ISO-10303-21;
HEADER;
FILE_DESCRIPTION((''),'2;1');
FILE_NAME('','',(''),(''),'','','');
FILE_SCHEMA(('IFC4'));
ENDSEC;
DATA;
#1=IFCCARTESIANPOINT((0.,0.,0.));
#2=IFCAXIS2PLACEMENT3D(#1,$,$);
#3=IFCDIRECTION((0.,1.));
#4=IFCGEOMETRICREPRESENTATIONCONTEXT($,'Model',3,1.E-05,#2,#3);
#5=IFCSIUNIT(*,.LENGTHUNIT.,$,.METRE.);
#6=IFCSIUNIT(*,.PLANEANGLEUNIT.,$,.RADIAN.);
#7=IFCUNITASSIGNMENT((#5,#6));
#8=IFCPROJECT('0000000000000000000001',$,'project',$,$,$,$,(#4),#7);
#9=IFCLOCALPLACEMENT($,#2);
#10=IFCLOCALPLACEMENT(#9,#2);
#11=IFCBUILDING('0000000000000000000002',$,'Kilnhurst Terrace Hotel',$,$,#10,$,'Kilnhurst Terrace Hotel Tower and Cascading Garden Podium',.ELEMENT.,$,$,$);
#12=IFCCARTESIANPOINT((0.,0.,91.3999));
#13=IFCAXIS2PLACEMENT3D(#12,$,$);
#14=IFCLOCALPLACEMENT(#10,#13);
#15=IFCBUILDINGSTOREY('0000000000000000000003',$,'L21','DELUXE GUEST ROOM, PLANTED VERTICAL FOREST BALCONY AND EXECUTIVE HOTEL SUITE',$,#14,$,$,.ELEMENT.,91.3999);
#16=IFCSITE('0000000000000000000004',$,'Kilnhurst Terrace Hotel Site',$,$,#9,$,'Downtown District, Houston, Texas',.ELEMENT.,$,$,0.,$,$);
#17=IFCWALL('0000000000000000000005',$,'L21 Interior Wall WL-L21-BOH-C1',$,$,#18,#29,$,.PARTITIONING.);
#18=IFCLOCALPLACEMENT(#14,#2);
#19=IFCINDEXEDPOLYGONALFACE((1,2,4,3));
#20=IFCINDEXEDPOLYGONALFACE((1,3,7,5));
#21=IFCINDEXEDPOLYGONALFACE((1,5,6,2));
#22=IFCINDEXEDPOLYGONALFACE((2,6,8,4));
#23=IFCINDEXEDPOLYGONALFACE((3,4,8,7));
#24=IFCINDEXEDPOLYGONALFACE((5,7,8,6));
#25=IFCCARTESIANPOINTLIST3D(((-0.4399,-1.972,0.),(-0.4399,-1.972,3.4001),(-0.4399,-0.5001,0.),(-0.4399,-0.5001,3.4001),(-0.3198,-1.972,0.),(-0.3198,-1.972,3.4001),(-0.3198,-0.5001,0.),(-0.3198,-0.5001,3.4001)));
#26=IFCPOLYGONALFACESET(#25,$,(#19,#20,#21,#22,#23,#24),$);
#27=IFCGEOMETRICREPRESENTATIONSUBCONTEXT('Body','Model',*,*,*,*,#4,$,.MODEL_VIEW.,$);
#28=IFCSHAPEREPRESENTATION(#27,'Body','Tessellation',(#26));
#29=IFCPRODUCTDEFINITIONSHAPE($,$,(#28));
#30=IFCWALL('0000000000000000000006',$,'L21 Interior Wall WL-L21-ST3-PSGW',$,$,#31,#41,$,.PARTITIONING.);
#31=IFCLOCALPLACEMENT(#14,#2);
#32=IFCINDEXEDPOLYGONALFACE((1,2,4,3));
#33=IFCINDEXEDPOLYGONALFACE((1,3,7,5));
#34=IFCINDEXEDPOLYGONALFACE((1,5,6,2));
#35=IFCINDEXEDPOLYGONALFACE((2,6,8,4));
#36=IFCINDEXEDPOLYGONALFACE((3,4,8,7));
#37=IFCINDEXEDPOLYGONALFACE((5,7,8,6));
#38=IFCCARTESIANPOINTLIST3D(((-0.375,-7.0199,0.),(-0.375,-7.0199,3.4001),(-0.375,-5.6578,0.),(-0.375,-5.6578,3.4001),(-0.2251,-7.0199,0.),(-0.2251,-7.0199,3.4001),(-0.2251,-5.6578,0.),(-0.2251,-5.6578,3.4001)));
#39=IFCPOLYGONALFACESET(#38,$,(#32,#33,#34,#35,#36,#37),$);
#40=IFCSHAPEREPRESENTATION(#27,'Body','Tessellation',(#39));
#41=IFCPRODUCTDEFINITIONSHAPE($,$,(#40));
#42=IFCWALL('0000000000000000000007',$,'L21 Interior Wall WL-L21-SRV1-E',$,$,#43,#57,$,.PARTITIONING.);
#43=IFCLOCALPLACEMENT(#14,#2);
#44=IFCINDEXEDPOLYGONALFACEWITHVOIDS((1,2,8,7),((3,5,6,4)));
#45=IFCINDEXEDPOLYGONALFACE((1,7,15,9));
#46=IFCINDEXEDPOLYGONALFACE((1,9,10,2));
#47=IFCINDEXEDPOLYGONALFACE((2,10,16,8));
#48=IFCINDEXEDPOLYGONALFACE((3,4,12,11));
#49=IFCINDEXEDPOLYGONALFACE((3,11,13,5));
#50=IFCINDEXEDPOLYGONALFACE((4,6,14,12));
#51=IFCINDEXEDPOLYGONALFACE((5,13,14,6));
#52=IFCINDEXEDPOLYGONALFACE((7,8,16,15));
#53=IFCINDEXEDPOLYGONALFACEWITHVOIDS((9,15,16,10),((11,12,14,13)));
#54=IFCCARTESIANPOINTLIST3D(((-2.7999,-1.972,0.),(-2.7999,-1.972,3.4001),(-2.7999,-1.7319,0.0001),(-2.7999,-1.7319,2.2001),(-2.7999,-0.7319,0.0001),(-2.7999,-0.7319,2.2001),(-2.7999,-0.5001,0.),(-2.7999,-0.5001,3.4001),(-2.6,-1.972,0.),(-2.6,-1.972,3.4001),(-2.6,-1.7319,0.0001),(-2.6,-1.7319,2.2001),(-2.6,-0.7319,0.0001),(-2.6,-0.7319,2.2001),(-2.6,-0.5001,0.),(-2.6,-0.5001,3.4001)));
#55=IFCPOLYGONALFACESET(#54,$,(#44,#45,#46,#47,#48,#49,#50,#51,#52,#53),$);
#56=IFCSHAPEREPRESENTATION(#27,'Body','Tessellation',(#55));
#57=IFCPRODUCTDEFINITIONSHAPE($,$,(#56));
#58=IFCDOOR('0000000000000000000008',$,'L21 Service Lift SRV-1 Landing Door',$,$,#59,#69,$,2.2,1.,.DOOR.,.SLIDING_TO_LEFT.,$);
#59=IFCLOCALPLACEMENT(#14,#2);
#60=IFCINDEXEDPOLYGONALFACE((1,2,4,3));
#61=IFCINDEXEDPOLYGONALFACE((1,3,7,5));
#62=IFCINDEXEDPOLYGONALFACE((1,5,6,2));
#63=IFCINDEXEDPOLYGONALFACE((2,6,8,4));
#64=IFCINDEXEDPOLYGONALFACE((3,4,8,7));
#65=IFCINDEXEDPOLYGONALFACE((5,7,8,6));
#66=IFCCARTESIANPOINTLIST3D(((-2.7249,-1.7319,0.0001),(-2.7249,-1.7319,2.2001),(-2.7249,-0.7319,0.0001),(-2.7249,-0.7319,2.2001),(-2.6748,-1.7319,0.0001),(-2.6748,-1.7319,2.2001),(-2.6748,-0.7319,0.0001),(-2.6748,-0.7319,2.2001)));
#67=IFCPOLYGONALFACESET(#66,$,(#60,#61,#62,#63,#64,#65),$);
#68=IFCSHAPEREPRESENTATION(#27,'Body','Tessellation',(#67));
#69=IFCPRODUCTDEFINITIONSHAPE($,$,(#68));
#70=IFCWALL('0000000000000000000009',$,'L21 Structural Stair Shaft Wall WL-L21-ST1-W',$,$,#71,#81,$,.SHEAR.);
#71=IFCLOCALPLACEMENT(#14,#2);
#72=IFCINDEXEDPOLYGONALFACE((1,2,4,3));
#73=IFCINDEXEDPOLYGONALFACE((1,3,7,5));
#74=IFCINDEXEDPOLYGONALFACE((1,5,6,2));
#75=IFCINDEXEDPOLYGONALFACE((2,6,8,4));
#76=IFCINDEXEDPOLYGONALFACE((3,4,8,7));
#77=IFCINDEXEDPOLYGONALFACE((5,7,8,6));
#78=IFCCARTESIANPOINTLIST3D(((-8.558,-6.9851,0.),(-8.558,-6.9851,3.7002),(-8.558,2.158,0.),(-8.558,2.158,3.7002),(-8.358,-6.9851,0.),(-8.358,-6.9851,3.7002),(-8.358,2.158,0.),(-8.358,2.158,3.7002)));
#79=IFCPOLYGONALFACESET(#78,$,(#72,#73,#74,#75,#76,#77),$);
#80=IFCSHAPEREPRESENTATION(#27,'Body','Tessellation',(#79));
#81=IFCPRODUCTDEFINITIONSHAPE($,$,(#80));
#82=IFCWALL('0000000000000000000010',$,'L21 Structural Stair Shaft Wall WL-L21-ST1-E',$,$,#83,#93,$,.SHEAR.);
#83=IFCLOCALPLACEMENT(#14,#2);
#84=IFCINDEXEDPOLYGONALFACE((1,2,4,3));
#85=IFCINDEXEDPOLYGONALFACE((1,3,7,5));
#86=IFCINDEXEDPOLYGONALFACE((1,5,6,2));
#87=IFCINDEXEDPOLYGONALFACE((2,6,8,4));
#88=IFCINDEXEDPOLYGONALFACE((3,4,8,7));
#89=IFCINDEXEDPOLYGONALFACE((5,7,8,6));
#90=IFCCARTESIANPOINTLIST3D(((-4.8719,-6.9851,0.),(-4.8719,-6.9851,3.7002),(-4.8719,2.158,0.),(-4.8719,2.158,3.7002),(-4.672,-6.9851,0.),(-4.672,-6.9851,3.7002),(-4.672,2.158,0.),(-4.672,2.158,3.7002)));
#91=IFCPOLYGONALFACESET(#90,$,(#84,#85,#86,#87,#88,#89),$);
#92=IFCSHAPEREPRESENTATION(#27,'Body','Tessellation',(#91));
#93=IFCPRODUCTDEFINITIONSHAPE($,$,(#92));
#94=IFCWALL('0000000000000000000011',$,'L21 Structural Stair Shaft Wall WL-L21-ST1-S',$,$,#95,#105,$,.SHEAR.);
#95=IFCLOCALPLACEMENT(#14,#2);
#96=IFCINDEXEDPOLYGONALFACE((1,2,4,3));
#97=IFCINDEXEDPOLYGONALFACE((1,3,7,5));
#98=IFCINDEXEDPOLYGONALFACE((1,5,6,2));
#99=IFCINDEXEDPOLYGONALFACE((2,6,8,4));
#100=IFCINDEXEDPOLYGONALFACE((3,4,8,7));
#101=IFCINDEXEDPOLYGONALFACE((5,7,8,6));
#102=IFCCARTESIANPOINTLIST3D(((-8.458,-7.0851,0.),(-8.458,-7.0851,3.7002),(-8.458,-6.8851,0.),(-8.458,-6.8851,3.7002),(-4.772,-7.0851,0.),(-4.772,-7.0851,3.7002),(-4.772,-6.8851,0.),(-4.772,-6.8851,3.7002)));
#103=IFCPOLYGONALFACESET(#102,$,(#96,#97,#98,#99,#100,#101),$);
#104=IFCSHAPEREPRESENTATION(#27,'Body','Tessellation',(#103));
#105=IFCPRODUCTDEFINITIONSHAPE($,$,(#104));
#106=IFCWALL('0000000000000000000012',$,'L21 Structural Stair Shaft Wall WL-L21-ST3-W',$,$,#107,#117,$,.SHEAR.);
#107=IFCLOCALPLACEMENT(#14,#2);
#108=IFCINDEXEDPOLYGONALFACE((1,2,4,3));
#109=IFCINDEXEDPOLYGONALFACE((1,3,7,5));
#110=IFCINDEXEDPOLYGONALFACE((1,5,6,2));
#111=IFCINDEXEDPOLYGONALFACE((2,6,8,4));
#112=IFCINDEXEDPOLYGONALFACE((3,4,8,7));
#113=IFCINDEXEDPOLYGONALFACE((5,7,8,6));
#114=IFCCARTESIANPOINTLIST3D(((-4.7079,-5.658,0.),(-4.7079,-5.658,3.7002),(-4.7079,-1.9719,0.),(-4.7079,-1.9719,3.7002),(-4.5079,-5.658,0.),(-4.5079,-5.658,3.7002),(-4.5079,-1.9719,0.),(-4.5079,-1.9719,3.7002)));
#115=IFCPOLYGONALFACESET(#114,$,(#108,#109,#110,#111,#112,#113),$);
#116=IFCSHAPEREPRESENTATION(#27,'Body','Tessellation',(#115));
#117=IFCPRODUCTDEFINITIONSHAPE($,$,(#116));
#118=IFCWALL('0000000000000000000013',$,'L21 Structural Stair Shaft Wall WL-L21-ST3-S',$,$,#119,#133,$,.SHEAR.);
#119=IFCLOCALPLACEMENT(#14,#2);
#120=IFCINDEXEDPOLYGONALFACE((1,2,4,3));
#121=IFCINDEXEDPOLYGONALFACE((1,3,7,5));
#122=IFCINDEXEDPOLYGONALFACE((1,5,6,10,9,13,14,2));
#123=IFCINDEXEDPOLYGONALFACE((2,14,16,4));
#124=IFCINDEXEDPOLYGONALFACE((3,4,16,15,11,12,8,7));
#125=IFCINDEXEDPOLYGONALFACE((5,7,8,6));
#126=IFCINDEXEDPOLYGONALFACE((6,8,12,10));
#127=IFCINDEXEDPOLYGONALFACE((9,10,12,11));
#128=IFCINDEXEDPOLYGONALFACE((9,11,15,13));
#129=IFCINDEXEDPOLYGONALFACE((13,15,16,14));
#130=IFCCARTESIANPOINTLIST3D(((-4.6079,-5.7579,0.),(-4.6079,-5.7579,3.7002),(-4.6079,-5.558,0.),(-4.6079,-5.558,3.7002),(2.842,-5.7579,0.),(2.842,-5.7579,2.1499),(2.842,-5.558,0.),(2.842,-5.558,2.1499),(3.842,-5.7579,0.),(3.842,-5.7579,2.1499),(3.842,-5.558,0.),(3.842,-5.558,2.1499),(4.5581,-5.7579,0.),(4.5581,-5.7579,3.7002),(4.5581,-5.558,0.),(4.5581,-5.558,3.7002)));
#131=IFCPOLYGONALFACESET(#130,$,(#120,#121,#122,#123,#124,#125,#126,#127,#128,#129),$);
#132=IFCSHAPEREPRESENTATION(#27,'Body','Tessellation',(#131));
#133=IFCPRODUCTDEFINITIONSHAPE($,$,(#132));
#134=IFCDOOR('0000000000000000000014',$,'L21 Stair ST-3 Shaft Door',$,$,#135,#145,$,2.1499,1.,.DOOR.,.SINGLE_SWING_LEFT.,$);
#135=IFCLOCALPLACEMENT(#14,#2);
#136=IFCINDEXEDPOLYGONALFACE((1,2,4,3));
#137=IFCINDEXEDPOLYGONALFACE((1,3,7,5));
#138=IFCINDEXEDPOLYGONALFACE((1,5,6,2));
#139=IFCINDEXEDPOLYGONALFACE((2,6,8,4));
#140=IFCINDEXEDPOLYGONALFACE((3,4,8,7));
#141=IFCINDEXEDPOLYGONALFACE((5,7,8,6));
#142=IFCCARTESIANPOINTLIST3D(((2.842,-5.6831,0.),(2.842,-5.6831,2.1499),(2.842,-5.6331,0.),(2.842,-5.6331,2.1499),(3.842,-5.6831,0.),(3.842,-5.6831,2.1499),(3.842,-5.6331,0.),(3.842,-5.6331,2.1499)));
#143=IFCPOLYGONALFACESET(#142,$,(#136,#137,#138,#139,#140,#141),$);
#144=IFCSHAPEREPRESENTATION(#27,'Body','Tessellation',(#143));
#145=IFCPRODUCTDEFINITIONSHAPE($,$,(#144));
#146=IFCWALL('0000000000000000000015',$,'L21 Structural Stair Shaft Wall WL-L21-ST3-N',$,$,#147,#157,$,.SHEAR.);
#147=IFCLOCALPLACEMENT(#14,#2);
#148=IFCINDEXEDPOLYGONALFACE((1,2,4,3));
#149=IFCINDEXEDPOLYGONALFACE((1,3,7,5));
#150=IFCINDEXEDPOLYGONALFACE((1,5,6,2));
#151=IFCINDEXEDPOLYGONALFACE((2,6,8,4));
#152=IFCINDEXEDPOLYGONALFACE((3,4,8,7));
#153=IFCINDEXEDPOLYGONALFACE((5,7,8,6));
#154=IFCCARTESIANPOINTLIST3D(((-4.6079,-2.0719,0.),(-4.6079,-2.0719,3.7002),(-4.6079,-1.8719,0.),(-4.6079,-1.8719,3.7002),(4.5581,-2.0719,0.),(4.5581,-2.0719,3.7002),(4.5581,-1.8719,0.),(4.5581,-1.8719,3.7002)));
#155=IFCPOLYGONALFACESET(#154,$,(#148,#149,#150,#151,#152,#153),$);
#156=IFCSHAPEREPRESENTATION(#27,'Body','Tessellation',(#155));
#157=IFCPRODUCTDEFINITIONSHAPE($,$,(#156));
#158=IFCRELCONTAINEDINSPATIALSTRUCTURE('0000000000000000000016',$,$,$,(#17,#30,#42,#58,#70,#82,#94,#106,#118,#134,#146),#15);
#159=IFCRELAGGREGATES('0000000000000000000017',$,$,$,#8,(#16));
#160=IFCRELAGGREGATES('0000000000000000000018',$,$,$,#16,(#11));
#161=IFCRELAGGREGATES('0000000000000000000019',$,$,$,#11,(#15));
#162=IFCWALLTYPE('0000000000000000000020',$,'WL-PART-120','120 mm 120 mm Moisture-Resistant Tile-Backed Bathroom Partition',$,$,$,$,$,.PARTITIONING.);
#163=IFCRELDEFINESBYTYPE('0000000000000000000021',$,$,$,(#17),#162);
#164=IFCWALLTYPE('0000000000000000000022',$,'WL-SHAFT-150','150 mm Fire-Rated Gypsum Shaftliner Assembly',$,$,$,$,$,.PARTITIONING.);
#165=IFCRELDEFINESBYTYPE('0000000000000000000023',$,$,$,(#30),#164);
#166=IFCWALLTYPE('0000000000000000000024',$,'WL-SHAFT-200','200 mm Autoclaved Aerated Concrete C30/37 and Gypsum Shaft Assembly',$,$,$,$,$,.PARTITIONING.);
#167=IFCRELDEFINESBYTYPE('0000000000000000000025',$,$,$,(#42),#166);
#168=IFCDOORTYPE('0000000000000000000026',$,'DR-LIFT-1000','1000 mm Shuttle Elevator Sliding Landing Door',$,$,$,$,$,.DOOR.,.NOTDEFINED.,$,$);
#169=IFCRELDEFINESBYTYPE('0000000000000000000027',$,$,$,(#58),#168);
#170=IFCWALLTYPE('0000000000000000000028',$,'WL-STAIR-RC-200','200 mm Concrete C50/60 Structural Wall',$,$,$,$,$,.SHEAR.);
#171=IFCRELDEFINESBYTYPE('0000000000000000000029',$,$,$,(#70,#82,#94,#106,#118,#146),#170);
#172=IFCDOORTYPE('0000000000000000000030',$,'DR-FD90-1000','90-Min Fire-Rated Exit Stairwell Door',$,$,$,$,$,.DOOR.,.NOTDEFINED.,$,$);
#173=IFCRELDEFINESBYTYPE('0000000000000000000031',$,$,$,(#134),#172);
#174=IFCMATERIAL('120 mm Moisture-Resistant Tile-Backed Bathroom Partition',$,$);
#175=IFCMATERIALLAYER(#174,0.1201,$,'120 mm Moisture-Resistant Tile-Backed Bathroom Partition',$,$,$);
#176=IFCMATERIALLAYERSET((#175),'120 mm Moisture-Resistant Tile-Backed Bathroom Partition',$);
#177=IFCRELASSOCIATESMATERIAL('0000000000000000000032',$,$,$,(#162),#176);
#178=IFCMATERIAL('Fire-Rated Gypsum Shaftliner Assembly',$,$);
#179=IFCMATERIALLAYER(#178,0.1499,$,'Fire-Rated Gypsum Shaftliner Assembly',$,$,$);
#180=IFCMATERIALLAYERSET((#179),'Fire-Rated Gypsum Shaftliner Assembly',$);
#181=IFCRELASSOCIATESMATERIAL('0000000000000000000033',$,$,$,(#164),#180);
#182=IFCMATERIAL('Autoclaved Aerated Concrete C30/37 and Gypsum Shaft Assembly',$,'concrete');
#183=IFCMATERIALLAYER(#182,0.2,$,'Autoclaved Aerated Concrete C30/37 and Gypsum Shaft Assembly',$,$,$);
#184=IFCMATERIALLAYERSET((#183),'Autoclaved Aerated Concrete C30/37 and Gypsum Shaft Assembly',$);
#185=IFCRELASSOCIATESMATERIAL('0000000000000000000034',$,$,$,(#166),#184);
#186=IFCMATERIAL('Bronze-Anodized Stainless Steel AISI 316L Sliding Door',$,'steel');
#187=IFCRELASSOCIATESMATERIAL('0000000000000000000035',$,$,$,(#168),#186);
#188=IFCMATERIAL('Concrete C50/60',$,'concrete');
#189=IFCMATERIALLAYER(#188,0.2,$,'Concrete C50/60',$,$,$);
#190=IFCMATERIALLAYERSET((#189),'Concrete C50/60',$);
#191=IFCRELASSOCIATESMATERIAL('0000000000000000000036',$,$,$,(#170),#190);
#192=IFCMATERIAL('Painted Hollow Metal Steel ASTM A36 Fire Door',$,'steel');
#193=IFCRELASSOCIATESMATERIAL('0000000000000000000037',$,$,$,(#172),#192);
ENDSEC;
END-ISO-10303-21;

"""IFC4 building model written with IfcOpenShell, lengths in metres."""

from ifc_helpers import new_model, si_unit, direction, frame, frame_2d, origin, place, context, subcontext, project, spatial, rectangle, extrude, material, layer, layer_set, type_object, element, fill, save


model = new_model("IFC4")

# Units and contexts
model_context = context("Model", 3, precision=1e-05, world=origin(), true_north=direction((0.0, 1.0)))
body_context = subcontext(model_context, "Body", "Model", "MODEL_VIEW")
ifc_project = project(units=[si_unit("LENGTHUNIT", "METRE"), si_unit("PLANEANGLEUNIT", "RADIAN")], contexts=[model_context])

# Site, building, storey
site_placement = place(None, origin())
site = spatial("IfcSite", under=ifc_project, at=site_placement, Name="Kilnhurst Terrace Hotel Site", LongName="Downtown District, Houston, Texas", CompositionType="ELEMENT", RefElevation=0.0)
building_placement = place(site_placement, origin())
building = spatial("IfcBuilding", under=site, at=building_placement, Name="Kilnhurst Terrace Hotel", LongName="Kilnhurst Terrace Hotel Tower and Cascading Garden Podium", CompositionType="ELEMENT")
storey_placement = place(building_placement, frame((0.0, 0.0, 91.3999)))
storey = spatial("IfcBuildingStorey", under=building, at=storey_placement, Name="L21", Description="DELUXE GUEST ROOM, PLANTED VERTICAL FOREST BALCONY AND EXECUTIVE HOTEL SUITE", CompositionType="ELEMENT", Elevation=91.3999)

# Walls
ifc_material_1 = material(Name="120 mm Moisture-Resistant Tile-Backed Bathroom Partition")
ifc_layer_1 = layer(ifc_material_1, 0.1201, Name="120 mm Moisture-Resistant Tile-Backed Bathroom Partition")
ifc_layer_set_1 = layer_set([ifc_layer_1], Name="120 mm Moisture-Resistant Tile-Backed Bathroom Partition")
wall_type_1 = type_object("IfcWallType", Name="WL-PART-120", Description="120 mm 120 mm Moisture-Resistant Tile-Backed Bathroom Partition", PredefinedType="PARTITIONING", material=ifc_layer_set_1)
wall_1_placement = place(storey_placement, frame((-0.3799, -1.9719, 0.0), z_axis=(0.0, 0.0, 1.0), x_axis=(0.0, 1.0, 0.0)))
element("IfcWall", 1, at=wall_1_placement, inside=storey, type_object=wall_type_1, Name="L21 Interior Wall WL-L21-BOH-C1", PredefinedType="PARTITIONING", context=body_context, shape_type="SweptSolid", body=[
    extrude(rectangle(XDim=1.4719, YDim=0.1201, at=frame_2d((0.7358, 0.0))), origin(), (0.0, 0.0, 1.0), 3.4001),
])
ifc_material_2 = material(Name="Fire-Rated Gypsum Shaftliner Assembly")
ifc_layer_2 = layer(ifc_material_2, 0.1499, Name="Fire-Rated Gypsum Shaftliner Assembly")
ifc_layer_set_2 = layer_set([ifc_layer_2], Name="Fire-Rated Gypsum Shaftliner Assembly")
wall_type_2 = type_object("IfcWallType", Name="WL-SHAFT-150", Description="150 mm Fire-Rated Gypsum Shaftliner Assembly", PredefinedType="PARTITIONING", material=ifc_layer_set_2)
wall_2_placement = place(storey_placement, frame((-0.3, -7.02, 0.0), z_axis=(0.0, 0.0, 1.0), x_axis=(0.0, 1.0, 0.0)))
element("IfcWall", 2, at=wall_2_placement, inside=storey, type_object=wall_type_2, Name="L21 Interior Wall WL-L21-ST3-PSGW", PredefinedType="PARTITIONING", context=body_context, shape_type="SweptSolid", body=[
    extrude(rectangle(XDim=1.3621, YDim=0.1499, at=frame_2d((0.6812, 0.0))), origin(), (0.0, 0.0, 1.0), 3.4001),
])

# Wall, opening, door
ifc_material_3 = material(Name="Autoclaved Aerated Concrete C30/37 and Gypsum Shaft Assembly", Category="concrete")
ifc_layer_3 = layer(ifc_material_3, 0.2, Name="Autoclaved Aerated Concrete C30/37 and Gypsum Shaft Assembly")
ifc_layer_set_3 = layer_set([ifc_layer_3], Name="Autoclaved Aerated Concrete C30/37 and Gypsum Shaft Assembly")
wall_type_3 = type_object("IfcWallType", Name="WL-SHAFT-200", Description="200 mm Autoclaved Aerated Concrete C30/37 and Gypsum Shaft Assembly", PredefinedType="PARTITIONING", material=ifc_layer_set_3)
wall_3_placement = place(storey_placement, frame((-2.7, -1.9719, 0.0), z_axis=(0.0, 0.0, 1.0), x_axis=(0.0, 1.0, 0.0)))
wall_3 = element("IfcWall", 3, at=wall_3_placement, inside=storey, type_object=wall_type_3, Name="L21 Interior Wall WL-L21-SRV1-E", PredefinedType="PARTITIONING", context=body_context, shape_type="SweptSolid", body=[
    extrude(rectangle(XDim=1.4719, YDim=0.2, at=frame_2d((0.7358, 0.0))), origin(), (0.0, 0.0, 1.0), 3.4001),
])
opening_1_placement = place(wall_3_placement, frame((0.24, 0.0, 0.0)))
opening_1 = element("IfcOpeningElement", 4, at=opening_1_placement, cuts=wall_3, PredefinedType="OPENING", context=body_context, shape_type="SweptSolid", body=[
    extrude(rectangle(XDim=1.0, YDim=2.2, at=frame_2d((0.5, 1.1001))), frame((0.0, 0.1099, 0.0), z_axis=(0.0, -1.0, 0.0), x_axis=(1.0, 0.0, 0.0)), (0.0, 0.0, 1.0), 0.22),
])
ifc_material_4 = material(Name="Bronze-Anodized Stainless Steel AISI 316L Sliding Door", Category="steel")
door_type_1 = type_object("IfcDoorType", Name="DR-LIFT-1000", Description="1000 mm Shuttle Elevator Sliding Landing Door", OperationType="NOTDEFINED", PredefinedType="DOOR", material=ifc_material_4)
door_1_placement = place(opening_1_placement, origin())
door_1 = element("IfcDoor", 5, at=door_1_placement, inside=storey, type_object=door_type_1, Name="L21 Service Lift SRV-1 Landing Door", OperationType="SLIDING_TO_LEFT", OverallHeight=2.2, OverallWidth=1.0, PredefinedType="DOOR", context=body_context, shape_type="SweptSolid", body=[
    extrude(rectangle(XDim=1.0, YDim=2.2, at=frame_2d((0.5, 1.1001))), frame((0.0, 0.0249, 0.0), z_axis=(0.0, -1.0, 0.0), x_axis=(1.0, 0.0, 0.0)), (0.0, 0.0, 1.0), 0.05),
])
fill(opening_1, door_1)

# Walls
ifc_material_5 = material(Name="Concrete C50/60", Category="concrete")
ifc_layer_4 = layer(ifc_material_5, 0.2, Name="Concrete C50/60")
ifc_layer_set_4 = layer_set([ifc_layer_4], Name="Concrete C50/60")
wall_type_4 = type_object("IfcWallType", Name="WL-STAIR-RC-200", Description="200 mm Concrete C50/60 Structural Wall", PredefinedType="SHEAR", material=ifc_layer_set_4)
for number, where, z_axis, x_axis, name in (
    (6, (-8.458, -6.9851, 0.0), (0.0, 0.0, 1.0), (0.0, 1.0, 0.0), "L21 Structural Stair Shaft Wall WL-L21-ST1-W"),
    (7, (-4.772, -6.9851, 0.0), (0.0, 0.0, 1.0), (0.0, 1.0, 0.0), "L21 Structural Stair Shaft Wall WL-L21-ST1-E"),
):
    element("IfcWall", number, at=place(storey_placement, frame(where, z_axis=z_axis, x_axis=x_axis)), inside=storey, type_object=wall_type_4, Name=name, PredefinedType="SHEAR", context=body_context, shape_type="SweptSolid", body=[
        extrude(rectangle(XDim=9.1431, YDim=0.2, at=frame_2d((4.5715, 0.0))), origin(), (0.0, 0.0, 1.0), 3.7002),
    ])
for number, where, z_axis, x_axis, name in (
    (8, (-8.458, -6.9851, 0.0), (0.0, 0.0, 1.0), (1.0, 0.0, 0.0), "L21 Structural Stair Shaft Wall WL-L21-ST1-S"),
    (9, (-4.6079, -5.658, 0.0), (0.0, 0.0, 1.0), (0.0, 1.0, 0.0), "L21 Structural Stair Shaft Wall WL-L21-ST3-W"),
):
    element("IfcWall", number, at=place(storey_placement, frame(where, z_axis=z_axis, x_axis=x_axis)), inside=storey, type_object=wall_type_4, Name=name, PredefinedType="SHEAR", context=body_context, shape_type="SweptSolid", body=[
        extrude(rectangle(XDim=3.686, YDim=0.2, at=frame_2d((1.843, 0.0))), origin(), (0.0, 0.0, 1.0), 3.7002),
    ])

# Wall, opening, door
wall_4_placement = place(storey_placement, frame((-4.6079, -5.658, 0.0), z_axis=(0.0, 0.0, 1.0), x_axis=(1.0, 0.0, 0.0)))
wall_4 = element("IfcWall", 10, at=wall_4_placement, inside=storey, type_object=wall_type_4, Name="L21 Structural Stair Shaft Wall WL-L21-ST3-S", PredefinedType="SHEAR", context=body_context, shape_type="SweptSolid", body=[
    extrude(rectangle(XDim=9.166, YDim=0.2, at=frame_2d((4.583, 0.0))), origin(), (0.0, 0.0, 1.0), 3.7002),
])
opening_2_placement = place(wall_4_placement, frame((7.45, 0.0, 0.0)))
opening_2 = element("IfcOpeningElement", 11, at=opening_2_placement, cuts=wall_4, PredefinedType="OPENING", context=body_context, shape_type="SweptSolid", body=[
    extrude(rectangle(XDim=1.0, YDim=2.1499, at=frame_2d((0.5, 1.075))), frame((0.0, 0.1099, 0.0), z_axis=(0.0, -1.0, 0.0), x_axis=(1.0, 0.0, 0.0)), (0.0, 0.0, 1.0), 0.22),
])
ifc_material_6 = material(Name="Painted Hollow Metal Steel ASTM A36 Fire Door", Category="steel")
door_type_2 = type_object("IfcDoorType", Name="DR-FD90-1000", Description="90-Min Fire-Rated Exit Stairwell Door", OperationType="NOTDEFINED", PredefinedType="DOOR", material=ifc_material_6)
door_2_placement = place(opening_2_placement, origin())
door_2 = element("IfcDoor", 12, at=door_2_placement, inside=storey, type_object=door_type_2, Name="L21 Stair ST-3 Shaft Door", OperationType="SINGLE_SWING_LEFT", OverallHeight=2.1499, OverallWidth=1.0, PredefinedType="DOOR", context=body_context, shape_type="SweptSolid", body=[
    extrude(rectangle(XDim=1.0, YDim=2.1499, at=frame_2d((0.5, 1.075))), frame((0.0, 0.0249, 0.0), z_axis=(0.0, -1.0, 0.0), x_axis=(1.0, 0.0, 0.0)), (0.0, 0.0, 1.0), 0.05),
])
fill(opening_2, door_2)

# Wall
wall_5_placement = place(storey_placement, frame((-4.6079, -1.9719, 0.0), z_axis=(0.0, 0.0, 1.0), x_axis=(1.0, 0.0, 0.0)))
element("IfcWall", 13, at=wall_5_placement, inside=storey, type_object=wall_type_4, Name="L21 Structural Stair Shaft Wall WL-L21-ST3-N", PredefinedType="SHEAR", context=body_context, shape_type="SweptSolid", body=[
    extrude(rectangle(XDim=9.166, YDim=0.2, at=frame_2d((4.583, 0.0))), origin(), (0.0, 0.0, 1.0), 3.7002),
])

save(model, "model.ifc")
